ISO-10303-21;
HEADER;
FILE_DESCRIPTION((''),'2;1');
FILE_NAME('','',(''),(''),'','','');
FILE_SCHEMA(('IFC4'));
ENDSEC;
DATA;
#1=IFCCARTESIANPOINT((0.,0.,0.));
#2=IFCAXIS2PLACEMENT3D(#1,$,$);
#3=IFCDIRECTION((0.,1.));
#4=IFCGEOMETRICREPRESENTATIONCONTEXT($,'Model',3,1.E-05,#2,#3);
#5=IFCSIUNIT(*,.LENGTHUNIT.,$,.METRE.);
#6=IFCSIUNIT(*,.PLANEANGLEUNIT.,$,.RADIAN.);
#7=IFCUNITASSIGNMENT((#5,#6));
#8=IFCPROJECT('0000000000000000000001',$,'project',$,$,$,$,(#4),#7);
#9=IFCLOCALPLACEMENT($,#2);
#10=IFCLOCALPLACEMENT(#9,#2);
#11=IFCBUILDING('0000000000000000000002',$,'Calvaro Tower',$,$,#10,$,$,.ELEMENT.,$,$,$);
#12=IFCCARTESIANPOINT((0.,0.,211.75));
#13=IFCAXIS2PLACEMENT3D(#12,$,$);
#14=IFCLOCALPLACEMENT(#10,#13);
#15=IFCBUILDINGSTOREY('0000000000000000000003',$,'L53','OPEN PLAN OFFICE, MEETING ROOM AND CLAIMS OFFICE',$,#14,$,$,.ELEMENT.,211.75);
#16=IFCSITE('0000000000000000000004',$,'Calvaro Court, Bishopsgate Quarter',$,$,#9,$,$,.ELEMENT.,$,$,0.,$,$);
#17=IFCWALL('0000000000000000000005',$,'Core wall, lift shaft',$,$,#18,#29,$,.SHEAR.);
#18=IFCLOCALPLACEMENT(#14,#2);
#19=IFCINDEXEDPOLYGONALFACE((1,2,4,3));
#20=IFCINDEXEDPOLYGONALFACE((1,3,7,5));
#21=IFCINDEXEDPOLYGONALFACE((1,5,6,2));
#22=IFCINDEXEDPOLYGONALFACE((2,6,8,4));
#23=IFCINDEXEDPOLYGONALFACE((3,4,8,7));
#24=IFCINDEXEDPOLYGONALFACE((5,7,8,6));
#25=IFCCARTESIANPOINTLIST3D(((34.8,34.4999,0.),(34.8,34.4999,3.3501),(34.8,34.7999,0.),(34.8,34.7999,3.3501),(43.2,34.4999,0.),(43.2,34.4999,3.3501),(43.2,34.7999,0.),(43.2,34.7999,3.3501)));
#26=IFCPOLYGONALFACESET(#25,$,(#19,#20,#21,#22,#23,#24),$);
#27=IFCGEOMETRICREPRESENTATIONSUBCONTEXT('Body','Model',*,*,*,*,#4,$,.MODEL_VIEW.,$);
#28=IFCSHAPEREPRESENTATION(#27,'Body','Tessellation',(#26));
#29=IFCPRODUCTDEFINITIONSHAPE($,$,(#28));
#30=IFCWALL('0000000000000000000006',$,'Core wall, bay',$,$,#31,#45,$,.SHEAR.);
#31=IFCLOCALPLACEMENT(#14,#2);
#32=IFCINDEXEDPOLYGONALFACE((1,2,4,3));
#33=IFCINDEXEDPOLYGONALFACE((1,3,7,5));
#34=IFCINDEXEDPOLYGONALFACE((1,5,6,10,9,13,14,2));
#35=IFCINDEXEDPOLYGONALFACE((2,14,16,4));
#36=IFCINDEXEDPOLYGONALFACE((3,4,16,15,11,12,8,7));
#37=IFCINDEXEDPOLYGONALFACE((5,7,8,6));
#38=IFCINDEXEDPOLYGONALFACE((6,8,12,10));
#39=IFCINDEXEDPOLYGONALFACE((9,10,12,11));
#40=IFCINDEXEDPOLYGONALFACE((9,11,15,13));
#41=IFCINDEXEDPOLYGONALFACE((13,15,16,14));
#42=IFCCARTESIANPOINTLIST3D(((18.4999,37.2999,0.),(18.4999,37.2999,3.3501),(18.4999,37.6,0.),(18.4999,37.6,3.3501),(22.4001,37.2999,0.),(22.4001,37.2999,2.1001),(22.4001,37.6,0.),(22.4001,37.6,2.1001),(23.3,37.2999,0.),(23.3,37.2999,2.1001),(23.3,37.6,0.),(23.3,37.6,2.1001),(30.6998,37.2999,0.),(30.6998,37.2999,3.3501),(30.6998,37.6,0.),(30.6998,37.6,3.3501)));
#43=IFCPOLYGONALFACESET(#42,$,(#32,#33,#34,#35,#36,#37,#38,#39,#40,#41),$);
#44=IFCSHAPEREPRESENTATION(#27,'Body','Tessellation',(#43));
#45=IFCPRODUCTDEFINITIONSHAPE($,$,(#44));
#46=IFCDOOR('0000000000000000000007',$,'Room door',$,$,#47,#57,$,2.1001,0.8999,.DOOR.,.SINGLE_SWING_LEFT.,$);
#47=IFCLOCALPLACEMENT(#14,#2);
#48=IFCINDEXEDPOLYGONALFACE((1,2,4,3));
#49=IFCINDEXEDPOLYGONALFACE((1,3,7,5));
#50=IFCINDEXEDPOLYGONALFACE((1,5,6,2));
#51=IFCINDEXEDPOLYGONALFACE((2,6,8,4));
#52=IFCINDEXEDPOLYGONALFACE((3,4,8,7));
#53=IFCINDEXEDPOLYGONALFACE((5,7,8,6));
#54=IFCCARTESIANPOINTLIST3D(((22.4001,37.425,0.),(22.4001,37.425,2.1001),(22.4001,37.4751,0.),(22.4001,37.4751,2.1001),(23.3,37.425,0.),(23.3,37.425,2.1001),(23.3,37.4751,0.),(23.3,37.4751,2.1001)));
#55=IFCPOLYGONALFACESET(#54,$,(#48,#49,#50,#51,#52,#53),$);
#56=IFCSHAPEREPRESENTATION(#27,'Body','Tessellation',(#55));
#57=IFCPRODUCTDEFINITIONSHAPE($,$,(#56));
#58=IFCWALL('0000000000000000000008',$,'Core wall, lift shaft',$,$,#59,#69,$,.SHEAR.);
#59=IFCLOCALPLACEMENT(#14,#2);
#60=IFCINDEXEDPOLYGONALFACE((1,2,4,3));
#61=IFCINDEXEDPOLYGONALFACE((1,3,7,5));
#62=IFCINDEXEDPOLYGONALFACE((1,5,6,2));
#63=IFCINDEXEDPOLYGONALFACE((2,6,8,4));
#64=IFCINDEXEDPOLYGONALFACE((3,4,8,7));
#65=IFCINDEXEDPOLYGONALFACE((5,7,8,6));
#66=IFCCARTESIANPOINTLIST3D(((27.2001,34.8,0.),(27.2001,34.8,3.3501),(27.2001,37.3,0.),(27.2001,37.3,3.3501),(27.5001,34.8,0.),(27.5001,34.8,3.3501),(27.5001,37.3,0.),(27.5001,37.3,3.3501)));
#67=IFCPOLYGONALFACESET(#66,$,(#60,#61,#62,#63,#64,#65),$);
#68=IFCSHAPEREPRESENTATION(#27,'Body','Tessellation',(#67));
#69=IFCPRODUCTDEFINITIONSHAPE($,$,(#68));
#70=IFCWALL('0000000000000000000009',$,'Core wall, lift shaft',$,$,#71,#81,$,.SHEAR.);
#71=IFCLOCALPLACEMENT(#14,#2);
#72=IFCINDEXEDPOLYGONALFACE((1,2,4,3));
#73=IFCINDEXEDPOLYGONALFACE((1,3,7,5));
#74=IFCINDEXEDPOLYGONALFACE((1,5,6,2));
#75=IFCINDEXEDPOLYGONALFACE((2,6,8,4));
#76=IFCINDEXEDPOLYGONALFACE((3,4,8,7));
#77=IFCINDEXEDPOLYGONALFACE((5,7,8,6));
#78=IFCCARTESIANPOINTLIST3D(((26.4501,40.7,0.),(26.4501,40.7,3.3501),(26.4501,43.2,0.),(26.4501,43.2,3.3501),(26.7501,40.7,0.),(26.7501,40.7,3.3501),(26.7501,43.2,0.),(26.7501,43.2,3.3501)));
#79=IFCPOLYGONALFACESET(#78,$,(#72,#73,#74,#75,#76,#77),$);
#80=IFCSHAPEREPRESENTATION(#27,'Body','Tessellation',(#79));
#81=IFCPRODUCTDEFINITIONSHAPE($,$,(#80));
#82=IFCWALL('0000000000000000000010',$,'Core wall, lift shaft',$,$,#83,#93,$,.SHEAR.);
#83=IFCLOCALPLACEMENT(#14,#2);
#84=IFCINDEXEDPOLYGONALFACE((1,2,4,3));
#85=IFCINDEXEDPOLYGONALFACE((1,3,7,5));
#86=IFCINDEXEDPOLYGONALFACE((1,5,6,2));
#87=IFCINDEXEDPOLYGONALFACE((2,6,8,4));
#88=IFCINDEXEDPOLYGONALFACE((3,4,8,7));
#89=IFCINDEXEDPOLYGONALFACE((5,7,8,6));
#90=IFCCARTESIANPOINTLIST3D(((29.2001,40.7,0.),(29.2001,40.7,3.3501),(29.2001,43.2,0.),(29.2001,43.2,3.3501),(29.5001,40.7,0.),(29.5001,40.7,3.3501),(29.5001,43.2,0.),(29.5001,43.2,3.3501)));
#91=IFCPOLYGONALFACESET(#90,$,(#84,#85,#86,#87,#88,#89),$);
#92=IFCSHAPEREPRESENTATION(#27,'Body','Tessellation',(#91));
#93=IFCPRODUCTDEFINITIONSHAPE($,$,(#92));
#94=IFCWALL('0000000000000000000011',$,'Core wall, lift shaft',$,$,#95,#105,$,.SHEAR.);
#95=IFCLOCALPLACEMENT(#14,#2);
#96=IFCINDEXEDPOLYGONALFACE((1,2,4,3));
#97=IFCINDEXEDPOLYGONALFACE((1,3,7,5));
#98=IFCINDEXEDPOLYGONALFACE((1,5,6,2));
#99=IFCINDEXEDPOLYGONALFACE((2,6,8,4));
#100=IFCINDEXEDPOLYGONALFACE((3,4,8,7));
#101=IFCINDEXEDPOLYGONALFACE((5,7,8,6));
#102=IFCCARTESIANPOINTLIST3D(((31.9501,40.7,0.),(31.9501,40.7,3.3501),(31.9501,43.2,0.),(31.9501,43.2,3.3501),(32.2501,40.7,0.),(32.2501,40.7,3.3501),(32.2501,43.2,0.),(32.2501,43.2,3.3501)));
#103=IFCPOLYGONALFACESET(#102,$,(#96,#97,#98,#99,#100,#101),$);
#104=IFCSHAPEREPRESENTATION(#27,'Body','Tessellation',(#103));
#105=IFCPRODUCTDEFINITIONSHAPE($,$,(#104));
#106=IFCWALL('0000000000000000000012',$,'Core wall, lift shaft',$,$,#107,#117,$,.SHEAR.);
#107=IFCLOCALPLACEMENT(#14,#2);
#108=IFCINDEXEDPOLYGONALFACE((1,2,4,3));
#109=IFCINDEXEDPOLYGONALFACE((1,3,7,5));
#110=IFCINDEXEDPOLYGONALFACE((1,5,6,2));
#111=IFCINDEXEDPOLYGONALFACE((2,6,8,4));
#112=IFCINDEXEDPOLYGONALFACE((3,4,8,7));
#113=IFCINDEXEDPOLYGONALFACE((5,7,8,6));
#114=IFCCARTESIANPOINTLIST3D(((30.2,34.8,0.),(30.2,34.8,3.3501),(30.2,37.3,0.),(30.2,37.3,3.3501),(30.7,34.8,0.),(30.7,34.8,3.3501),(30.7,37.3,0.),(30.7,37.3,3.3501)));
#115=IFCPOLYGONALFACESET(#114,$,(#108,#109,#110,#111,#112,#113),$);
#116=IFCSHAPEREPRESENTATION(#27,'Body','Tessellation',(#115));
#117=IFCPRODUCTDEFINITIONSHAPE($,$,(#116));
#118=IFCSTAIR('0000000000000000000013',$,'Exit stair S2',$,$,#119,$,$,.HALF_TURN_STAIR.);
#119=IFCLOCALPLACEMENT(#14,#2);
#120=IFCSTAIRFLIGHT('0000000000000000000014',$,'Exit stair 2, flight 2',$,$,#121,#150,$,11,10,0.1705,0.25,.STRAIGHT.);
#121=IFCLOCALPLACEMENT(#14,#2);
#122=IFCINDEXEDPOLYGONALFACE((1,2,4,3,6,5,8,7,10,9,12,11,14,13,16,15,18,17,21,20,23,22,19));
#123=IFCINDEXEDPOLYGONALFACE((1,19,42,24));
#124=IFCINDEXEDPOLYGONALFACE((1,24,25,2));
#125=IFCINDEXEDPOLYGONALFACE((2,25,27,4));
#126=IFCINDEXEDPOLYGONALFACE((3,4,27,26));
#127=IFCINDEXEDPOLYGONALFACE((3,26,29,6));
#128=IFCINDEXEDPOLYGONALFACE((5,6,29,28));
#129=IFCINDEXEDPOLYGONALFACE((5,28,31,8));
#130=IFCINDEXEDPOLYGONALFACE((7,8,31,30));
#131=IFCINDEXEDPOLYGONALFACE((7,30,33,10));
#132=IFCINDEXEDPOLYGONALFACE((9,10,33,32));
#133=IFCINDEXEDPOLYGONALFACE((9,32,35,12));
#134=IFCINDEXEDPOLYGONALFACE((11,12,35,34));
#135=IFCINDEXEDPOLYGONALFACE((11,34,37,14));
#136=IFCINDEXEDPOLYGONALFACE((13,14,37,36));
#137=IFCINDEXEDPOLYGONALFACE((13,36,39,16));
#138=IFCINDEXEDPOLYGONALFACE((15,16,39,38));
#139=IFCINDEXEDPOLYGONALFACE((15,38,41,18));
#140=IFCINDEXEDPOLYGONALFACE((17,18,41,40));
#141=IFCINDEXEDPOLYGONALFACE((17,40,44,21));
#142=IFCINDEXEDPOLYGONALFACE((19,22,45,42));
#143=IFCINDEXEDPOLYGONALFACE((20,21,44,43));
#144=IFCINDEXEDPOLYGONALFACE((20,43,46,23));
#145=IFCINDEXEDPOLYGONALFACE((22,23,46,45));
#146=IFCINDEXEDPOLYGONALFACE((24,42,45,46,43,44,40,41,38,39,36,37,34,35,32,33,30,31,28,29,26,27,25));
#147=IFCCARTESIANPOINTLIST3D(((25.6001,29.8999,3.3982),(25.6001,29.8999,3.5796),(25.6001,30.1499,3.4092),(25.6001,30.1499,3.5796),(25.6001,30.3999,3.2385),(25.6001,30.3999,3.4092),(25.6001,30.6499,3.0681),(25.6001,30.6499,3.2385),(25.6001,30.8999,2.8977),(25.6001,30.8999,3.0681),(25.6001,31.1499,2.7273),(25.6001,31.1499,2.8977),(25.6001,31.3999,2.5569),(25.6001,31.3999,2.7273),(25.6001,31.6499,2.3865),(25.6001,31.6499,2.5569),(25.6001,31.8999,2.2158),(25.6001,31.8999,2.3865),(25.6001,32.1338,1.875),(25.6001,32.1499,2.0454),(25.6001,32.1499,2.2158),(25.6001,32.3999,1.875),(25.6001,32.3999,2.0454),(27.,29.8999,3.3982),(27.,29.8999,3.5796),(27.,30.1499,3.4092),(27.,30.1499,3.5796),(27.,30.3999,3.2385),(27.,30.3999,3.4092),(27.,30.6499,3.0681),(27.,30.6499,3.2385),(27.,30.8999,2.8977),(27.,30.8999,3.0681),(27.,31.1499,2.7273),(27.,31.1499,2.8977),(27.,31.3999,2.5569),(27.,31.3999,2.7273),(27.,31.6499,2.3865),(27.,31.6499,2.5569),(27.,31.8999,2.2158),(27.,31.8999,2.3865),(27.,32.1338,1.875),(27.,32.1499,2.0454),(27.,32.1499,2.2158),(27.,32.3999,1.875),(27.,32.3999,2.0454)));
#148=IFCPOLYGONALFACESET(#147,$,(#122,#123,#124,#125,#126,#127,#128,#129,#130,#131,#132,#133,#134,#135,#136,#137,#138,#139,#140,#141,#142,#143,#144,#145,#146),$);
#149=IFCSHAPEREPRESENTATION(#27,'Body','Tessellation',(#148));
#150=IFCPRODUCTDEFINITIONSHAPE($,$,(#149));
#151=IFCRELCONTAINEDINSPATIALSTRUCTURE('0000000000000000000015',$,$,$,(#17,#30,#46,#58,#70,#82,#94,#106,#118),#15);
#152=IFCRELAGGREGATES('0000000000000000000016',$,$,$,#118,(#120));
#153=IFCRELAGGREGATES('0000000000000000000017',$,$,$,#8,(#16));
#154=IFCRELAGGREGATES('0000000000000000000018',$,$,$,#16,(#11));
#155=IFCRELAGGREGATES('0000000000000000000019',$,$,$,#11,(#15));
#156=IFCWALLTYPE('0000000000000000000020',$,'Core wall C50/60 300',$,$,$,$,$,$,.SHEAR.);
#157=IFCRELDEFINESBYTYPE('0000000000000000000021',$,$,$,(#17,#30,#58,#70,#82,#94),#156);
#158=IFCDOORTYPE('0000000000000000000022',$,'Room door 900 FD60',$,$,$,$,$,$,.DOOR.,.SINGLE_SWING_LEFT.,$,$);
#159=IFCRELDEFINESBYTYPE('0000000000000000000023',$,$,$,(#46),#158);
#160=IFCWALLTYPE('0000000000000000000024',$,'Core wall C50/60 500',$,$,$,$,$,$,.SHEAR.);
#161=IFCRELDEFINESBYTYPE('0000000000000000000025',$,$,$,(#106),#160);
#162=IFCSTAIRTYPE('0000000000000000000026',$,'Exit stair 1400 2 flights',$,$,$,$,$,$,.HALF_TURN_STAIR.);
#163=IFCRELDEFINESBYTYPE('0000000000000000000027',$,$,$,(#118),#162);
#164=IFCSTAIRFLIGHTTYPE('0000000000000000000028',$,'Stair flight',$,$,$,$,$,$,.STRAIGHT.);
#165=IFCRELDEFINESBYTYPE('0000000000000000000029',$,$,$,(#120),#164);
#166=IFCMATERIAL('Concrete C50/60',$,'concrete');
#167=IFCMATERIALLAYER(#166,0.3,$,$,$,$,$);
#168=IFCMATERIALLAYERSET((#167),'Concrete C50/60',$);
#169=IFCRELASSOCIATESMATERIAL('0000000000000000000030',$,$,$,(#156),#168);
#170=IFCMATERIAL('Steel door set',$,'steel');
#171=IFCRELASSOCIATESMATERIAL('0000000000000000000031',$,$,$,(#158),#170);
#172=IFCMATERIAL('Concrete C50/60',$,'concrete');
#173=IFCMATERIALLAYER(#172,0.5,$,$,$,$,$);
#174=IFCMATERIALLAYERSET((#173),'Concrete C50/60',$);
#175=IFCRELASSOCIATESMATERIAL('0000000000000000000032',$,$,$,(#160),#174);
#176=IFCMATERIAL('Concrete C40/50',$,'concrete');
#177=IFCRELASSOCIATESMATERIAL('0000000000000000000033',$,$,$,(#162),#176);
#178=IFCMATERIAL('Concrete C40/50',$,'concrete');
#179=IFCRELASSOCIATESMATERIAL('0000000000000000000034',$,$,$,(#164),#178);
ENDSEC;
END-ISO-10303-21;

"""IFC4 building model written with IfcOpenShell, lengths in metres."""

from ifc_helpers import new_model, si_unit, direction, frame, frame_2d, origin, place, context, subcontext, project, spatial, polyline, rectangle, outline, extrude, material, layer, layer_set, type_object, element, fill, aggregate, save


model = new_model("IFC4")

# Units and contexts
model_context = context("Model", 3, precision=1e-05, world=origin(), true_north=direction((0.0, 1.0)))
body_context = subcontext(model_context, "Body", "Model", "MODEL_VIEW")
ifc_project = project(units=[si_unit("LENGTHUNIT", "METRE"), si_unit("PLANEANGLEUNIT", "RADIAN")], contexts=[model_context])

# Site, building, storey
site_placement = place(None, origin())
site = spatial("IfcSite", under=ifc_project, at=site_placement, Name="Calvaro Court, Bishopsgate Quarter", CompositionType="ELEMENT", RefElevation=0.0)
building_placement = place(site_placement, origin())
building = spatial("IfcBuilding", under=site, at=building_placement, Name="Calvaro Tower", CompositionType="ELEMENT")
storey_placement = place(building_placement, frame((0.0, 0.0, 211.75)))
storey = spatial("IfcBuildingStorey", under=building, at=storey_placement, Name="L53", Description="OPEN PLAN OFFICE, MEETING ROOM AND CLAIMS OFFICE", CompositionType="ELEMENT", Elevation=211.75)

# Wall
ifc_material_1 = material(Name="Concrete C50/60", Category="concrete")
ifc_layer_1 = layer(ifc_material_1, 0.3)
ifc_layer_set_1 = layer_set([ifc_layer_1], Name="Concrete C50/60")
wall_type_1 = type_object("IfcWallType", Name="Core wall C50/60 300", PredefinedType="SHEAR", material=ifc_layer_set_1)
wall_1_placement = place(storey_placement, frame((34.8, 34.6499, 0.0), z_axis=(0.0, 0.0, 1.0), x_axis=(1.0, 0.0, 0.0)))
element("IfcWall", 1, at=wall_1_placement, inside=storey, type_object=wall_type_1, Name="Core wall, lift shaft", PredefinedType="SHEAR", context=body_context, shape_type="SweptSolid", body=[
    extrude(rectangle(XDim=8.3999, YDim=0.3, at=frame_2d((4.2, 0.0))), origin(), (0.0, 0.0, 1.0), 3.3501),
])

# Wall, opening, door
wall_2_placement = place(storey_placement, frame((30.7, 37.45, 0.0), z_axis=(0.0, 0.0, 1.0), x_axis=(-1.0, 0.0, 0.0)))
wall_2 = element("IfcWall", 2, at=wall_2_placement, inside=storey, type_object=wall_type_1, Name="Core wall, bay", PredefinedType="SHEAR", context=body_context, shape_type="SweptSolid", body=[
    extrude(rectangle(XDim=12.2, YDim=0.3, at=frame_2d((6.1001, 0.0))), origin(), (0.0, 0.0, 1.0), 3.3501),
])
opening_placement = place(wall_2_placement, frame((7.3999, 0.0, 0.0)))
opening = element("IfcOpeningElement", 3, at=opening_placement, cuts=wall_2, PredefinedType="OPENING", context=body_context, shape_type="SweptSolid", body=[
    extrude(rectangle(XDim=0.8999, YDim=2.1001, at=frame_2d((0.45, 1.05))), frame((0.0, 0.1599, 0.0), z_axis=(0.0, -1.0, 0.0), x_axis=(1.0, 0.0, 0.0)), (0.0, 0.0, 1.0), 0.3201),
])
ifc_material_2 = material(Name="Steel door set", Category="steel")
door_type = type_object("IfcDoorType", Name="Room door 900 FD60", OperationType="SINGLE_SWING_LEFT", PredefinedType="DOOR", material=ifc_material_2)
door_placement = place(opening_placement, origin())
door = element("IfcDoor", 4, at=door_placement, inside=storey, type_object=door_type, Name="Room door", OperationType="SINGLE_SWING_LEFT", OverallHeight=2.1001, OverallWidth=0.8999, PredefinedType="DOOR", context=body_context, shape_type="SweptSolid", body=[
    extrude(rectangle(XDim=0.8999, YDim=2.1001, at=frame_2d((0.45, 1.05))), frame((0.0, 0.0249, 0.0), z_axis=(0.0, -1.0, 0.0), x_axis=(1.0, 0.0, 0.0)), (0.0, 0.0, 1.0), 0.05),
])
fill(opening, door)

# Walls
for number, where, z_axis, x_axis, name in (
    (5, (27.3501, 34.8, 0.0), (0.0, 0.0, 1.0), (0.0, 1.0, 0.0), "Core wall, lift shaft"),
    (6, (26.6001, 40.7, 0.0), (0.0, 0.0, 1.0), (0.0, 1.0, 0.0), "Core wall, lift shaft"),
    (7, (29.3501, 40.7, 0.0), (0.0, 0.0, 1.0), (0.0, 1.0, 0.0), "Core wall, lift shaft"),
    (8, (32.1001, 40.7, 0.0), (0.0, 0.0, 1.0), (0.0, 1.0, 0.0), "Core wall, lift shaft"),
):
    element("IfcWall", number, at=place(storey_placement, frame(where, z_axis=z_axis, x_axis=x_axis)), inside=storey, type_object=wall_type_1, Name=name, PredefinedType="SHEAR", context=body_context, shape_type="SweptSolid", body=[
        extrude(rectangle(XDim=2.5, YDim=0.3, at=frame_2d((1.25, 0.0))), origin(), (0.0, 0.0, 1.0), 3.3501),
    ])
ifc_material_3 = material(Name="Concrete C50/60", Category="concrete")
ifc_layer_2 = layer(ifc_material_3, 0.5)
ifc_layer_set_2 = layer_set([ifc_layer_2], Name="Concrete C50/60")
wall_type_2 = type_object("IfcWallType", Name="Core wall C50/60 500", PredefinedType="SHEAR", material=ifc_layer_set_2)
wall_3_placement = place(storey_placement, frame((30.45, 34.8, 0.0), z_axis=(0.0, 0.0, 1.0), x_axis=(0.0, 1.0, 0.0)))
element("IfcWall", 9, at=wall_3_placement, inside=storey, type_object=wall_type_2, Name="Core wall, lift shaft", PredefinedType="SHEAR", context=body_context, shape_type="SweptSolid", body=[
    extrude(rectangle(XDim=2.5, YDim=0.5, at=frame_2d((1.25, 0.0))), origin(), (0.0, 0.0, 1.0), 3.3501),
])

# Stair, stair flight
ifc_material_4 = material(Name="Concrete C40/50", Category="concrete")
stair_type = type_object("IfcStairType", Name="Exit stair 1400 2 flights", PredefinedType="HALF_TURN_STAIR", material=ifc_material_4)
stair_placement = place(storey_placement, origin())
stair = element("IfcStair", 10, at=stair_placement, inside=storey, type_object=stair_type, Name="Exit stair S2", PredefinedType="HALF_TURN_STAIR")
ifc_material_5 = material(Name="Concrete C40/50", Category="concrete")
stair_flight_type = type_object("IfcStairFlightType", Name="Stair flight", PredefinedType="STRAIGHT", material=ifc_material_5)
stair_flight_placement = place(storey_placement, frame((26.3, 32.3999, 1.875), z_axis=(0.0, 0.0, 1.0), x_axis=(0.0, -1.0, 0.0)))
stair_flight = element("IfcStairFlight", 11, at=stair_flight_placement, type_object=stair_flight_type, Name="Exit stair 2, flight 2", NumberOfRisers=11, NumberOfTreads=10, PredefinedType="STRAIGHT", RiserHeight=0.1705, TreadLength=0.25, context=body_context, shape_type="SweptSolid", body=[
    extrude(outline(polyline([(0.0, 0.0), (0.0, 0.1704), (0.25, 0.1704), (0.25, 0.3408), (0.5, 0.3408), (0.5, 0.5115), (0.75, 0.5115), (0.75, 0.6819), (1.0, 0.6819), (1.0, 0.8523), (1.25, 0.8523), (1.25, 1.0227), (1.5, 1.0227), (1.5, 1.1931), (1.75, 1.1931), (1.75, 1.3635), (2.0, 1.3635), (2.0, 1.5342), (2.25, 1.5342), (2.25, 1.7046), (2.5, 1.7046), (2.5, 1.875), (2.5, 1.5232), (0.2661, 0.0), (0.0, 0.0)])), frame((0.0, 0.7, 0.0), z_axis=(0.0, -1.0, 0.0), x_axis=(1.0, 0.0, 0.0)), (0.0, 0.0, 1.0), 1.3999),
])
aggregate(stair, [stair_flight])

save(model, "model.ifc")
